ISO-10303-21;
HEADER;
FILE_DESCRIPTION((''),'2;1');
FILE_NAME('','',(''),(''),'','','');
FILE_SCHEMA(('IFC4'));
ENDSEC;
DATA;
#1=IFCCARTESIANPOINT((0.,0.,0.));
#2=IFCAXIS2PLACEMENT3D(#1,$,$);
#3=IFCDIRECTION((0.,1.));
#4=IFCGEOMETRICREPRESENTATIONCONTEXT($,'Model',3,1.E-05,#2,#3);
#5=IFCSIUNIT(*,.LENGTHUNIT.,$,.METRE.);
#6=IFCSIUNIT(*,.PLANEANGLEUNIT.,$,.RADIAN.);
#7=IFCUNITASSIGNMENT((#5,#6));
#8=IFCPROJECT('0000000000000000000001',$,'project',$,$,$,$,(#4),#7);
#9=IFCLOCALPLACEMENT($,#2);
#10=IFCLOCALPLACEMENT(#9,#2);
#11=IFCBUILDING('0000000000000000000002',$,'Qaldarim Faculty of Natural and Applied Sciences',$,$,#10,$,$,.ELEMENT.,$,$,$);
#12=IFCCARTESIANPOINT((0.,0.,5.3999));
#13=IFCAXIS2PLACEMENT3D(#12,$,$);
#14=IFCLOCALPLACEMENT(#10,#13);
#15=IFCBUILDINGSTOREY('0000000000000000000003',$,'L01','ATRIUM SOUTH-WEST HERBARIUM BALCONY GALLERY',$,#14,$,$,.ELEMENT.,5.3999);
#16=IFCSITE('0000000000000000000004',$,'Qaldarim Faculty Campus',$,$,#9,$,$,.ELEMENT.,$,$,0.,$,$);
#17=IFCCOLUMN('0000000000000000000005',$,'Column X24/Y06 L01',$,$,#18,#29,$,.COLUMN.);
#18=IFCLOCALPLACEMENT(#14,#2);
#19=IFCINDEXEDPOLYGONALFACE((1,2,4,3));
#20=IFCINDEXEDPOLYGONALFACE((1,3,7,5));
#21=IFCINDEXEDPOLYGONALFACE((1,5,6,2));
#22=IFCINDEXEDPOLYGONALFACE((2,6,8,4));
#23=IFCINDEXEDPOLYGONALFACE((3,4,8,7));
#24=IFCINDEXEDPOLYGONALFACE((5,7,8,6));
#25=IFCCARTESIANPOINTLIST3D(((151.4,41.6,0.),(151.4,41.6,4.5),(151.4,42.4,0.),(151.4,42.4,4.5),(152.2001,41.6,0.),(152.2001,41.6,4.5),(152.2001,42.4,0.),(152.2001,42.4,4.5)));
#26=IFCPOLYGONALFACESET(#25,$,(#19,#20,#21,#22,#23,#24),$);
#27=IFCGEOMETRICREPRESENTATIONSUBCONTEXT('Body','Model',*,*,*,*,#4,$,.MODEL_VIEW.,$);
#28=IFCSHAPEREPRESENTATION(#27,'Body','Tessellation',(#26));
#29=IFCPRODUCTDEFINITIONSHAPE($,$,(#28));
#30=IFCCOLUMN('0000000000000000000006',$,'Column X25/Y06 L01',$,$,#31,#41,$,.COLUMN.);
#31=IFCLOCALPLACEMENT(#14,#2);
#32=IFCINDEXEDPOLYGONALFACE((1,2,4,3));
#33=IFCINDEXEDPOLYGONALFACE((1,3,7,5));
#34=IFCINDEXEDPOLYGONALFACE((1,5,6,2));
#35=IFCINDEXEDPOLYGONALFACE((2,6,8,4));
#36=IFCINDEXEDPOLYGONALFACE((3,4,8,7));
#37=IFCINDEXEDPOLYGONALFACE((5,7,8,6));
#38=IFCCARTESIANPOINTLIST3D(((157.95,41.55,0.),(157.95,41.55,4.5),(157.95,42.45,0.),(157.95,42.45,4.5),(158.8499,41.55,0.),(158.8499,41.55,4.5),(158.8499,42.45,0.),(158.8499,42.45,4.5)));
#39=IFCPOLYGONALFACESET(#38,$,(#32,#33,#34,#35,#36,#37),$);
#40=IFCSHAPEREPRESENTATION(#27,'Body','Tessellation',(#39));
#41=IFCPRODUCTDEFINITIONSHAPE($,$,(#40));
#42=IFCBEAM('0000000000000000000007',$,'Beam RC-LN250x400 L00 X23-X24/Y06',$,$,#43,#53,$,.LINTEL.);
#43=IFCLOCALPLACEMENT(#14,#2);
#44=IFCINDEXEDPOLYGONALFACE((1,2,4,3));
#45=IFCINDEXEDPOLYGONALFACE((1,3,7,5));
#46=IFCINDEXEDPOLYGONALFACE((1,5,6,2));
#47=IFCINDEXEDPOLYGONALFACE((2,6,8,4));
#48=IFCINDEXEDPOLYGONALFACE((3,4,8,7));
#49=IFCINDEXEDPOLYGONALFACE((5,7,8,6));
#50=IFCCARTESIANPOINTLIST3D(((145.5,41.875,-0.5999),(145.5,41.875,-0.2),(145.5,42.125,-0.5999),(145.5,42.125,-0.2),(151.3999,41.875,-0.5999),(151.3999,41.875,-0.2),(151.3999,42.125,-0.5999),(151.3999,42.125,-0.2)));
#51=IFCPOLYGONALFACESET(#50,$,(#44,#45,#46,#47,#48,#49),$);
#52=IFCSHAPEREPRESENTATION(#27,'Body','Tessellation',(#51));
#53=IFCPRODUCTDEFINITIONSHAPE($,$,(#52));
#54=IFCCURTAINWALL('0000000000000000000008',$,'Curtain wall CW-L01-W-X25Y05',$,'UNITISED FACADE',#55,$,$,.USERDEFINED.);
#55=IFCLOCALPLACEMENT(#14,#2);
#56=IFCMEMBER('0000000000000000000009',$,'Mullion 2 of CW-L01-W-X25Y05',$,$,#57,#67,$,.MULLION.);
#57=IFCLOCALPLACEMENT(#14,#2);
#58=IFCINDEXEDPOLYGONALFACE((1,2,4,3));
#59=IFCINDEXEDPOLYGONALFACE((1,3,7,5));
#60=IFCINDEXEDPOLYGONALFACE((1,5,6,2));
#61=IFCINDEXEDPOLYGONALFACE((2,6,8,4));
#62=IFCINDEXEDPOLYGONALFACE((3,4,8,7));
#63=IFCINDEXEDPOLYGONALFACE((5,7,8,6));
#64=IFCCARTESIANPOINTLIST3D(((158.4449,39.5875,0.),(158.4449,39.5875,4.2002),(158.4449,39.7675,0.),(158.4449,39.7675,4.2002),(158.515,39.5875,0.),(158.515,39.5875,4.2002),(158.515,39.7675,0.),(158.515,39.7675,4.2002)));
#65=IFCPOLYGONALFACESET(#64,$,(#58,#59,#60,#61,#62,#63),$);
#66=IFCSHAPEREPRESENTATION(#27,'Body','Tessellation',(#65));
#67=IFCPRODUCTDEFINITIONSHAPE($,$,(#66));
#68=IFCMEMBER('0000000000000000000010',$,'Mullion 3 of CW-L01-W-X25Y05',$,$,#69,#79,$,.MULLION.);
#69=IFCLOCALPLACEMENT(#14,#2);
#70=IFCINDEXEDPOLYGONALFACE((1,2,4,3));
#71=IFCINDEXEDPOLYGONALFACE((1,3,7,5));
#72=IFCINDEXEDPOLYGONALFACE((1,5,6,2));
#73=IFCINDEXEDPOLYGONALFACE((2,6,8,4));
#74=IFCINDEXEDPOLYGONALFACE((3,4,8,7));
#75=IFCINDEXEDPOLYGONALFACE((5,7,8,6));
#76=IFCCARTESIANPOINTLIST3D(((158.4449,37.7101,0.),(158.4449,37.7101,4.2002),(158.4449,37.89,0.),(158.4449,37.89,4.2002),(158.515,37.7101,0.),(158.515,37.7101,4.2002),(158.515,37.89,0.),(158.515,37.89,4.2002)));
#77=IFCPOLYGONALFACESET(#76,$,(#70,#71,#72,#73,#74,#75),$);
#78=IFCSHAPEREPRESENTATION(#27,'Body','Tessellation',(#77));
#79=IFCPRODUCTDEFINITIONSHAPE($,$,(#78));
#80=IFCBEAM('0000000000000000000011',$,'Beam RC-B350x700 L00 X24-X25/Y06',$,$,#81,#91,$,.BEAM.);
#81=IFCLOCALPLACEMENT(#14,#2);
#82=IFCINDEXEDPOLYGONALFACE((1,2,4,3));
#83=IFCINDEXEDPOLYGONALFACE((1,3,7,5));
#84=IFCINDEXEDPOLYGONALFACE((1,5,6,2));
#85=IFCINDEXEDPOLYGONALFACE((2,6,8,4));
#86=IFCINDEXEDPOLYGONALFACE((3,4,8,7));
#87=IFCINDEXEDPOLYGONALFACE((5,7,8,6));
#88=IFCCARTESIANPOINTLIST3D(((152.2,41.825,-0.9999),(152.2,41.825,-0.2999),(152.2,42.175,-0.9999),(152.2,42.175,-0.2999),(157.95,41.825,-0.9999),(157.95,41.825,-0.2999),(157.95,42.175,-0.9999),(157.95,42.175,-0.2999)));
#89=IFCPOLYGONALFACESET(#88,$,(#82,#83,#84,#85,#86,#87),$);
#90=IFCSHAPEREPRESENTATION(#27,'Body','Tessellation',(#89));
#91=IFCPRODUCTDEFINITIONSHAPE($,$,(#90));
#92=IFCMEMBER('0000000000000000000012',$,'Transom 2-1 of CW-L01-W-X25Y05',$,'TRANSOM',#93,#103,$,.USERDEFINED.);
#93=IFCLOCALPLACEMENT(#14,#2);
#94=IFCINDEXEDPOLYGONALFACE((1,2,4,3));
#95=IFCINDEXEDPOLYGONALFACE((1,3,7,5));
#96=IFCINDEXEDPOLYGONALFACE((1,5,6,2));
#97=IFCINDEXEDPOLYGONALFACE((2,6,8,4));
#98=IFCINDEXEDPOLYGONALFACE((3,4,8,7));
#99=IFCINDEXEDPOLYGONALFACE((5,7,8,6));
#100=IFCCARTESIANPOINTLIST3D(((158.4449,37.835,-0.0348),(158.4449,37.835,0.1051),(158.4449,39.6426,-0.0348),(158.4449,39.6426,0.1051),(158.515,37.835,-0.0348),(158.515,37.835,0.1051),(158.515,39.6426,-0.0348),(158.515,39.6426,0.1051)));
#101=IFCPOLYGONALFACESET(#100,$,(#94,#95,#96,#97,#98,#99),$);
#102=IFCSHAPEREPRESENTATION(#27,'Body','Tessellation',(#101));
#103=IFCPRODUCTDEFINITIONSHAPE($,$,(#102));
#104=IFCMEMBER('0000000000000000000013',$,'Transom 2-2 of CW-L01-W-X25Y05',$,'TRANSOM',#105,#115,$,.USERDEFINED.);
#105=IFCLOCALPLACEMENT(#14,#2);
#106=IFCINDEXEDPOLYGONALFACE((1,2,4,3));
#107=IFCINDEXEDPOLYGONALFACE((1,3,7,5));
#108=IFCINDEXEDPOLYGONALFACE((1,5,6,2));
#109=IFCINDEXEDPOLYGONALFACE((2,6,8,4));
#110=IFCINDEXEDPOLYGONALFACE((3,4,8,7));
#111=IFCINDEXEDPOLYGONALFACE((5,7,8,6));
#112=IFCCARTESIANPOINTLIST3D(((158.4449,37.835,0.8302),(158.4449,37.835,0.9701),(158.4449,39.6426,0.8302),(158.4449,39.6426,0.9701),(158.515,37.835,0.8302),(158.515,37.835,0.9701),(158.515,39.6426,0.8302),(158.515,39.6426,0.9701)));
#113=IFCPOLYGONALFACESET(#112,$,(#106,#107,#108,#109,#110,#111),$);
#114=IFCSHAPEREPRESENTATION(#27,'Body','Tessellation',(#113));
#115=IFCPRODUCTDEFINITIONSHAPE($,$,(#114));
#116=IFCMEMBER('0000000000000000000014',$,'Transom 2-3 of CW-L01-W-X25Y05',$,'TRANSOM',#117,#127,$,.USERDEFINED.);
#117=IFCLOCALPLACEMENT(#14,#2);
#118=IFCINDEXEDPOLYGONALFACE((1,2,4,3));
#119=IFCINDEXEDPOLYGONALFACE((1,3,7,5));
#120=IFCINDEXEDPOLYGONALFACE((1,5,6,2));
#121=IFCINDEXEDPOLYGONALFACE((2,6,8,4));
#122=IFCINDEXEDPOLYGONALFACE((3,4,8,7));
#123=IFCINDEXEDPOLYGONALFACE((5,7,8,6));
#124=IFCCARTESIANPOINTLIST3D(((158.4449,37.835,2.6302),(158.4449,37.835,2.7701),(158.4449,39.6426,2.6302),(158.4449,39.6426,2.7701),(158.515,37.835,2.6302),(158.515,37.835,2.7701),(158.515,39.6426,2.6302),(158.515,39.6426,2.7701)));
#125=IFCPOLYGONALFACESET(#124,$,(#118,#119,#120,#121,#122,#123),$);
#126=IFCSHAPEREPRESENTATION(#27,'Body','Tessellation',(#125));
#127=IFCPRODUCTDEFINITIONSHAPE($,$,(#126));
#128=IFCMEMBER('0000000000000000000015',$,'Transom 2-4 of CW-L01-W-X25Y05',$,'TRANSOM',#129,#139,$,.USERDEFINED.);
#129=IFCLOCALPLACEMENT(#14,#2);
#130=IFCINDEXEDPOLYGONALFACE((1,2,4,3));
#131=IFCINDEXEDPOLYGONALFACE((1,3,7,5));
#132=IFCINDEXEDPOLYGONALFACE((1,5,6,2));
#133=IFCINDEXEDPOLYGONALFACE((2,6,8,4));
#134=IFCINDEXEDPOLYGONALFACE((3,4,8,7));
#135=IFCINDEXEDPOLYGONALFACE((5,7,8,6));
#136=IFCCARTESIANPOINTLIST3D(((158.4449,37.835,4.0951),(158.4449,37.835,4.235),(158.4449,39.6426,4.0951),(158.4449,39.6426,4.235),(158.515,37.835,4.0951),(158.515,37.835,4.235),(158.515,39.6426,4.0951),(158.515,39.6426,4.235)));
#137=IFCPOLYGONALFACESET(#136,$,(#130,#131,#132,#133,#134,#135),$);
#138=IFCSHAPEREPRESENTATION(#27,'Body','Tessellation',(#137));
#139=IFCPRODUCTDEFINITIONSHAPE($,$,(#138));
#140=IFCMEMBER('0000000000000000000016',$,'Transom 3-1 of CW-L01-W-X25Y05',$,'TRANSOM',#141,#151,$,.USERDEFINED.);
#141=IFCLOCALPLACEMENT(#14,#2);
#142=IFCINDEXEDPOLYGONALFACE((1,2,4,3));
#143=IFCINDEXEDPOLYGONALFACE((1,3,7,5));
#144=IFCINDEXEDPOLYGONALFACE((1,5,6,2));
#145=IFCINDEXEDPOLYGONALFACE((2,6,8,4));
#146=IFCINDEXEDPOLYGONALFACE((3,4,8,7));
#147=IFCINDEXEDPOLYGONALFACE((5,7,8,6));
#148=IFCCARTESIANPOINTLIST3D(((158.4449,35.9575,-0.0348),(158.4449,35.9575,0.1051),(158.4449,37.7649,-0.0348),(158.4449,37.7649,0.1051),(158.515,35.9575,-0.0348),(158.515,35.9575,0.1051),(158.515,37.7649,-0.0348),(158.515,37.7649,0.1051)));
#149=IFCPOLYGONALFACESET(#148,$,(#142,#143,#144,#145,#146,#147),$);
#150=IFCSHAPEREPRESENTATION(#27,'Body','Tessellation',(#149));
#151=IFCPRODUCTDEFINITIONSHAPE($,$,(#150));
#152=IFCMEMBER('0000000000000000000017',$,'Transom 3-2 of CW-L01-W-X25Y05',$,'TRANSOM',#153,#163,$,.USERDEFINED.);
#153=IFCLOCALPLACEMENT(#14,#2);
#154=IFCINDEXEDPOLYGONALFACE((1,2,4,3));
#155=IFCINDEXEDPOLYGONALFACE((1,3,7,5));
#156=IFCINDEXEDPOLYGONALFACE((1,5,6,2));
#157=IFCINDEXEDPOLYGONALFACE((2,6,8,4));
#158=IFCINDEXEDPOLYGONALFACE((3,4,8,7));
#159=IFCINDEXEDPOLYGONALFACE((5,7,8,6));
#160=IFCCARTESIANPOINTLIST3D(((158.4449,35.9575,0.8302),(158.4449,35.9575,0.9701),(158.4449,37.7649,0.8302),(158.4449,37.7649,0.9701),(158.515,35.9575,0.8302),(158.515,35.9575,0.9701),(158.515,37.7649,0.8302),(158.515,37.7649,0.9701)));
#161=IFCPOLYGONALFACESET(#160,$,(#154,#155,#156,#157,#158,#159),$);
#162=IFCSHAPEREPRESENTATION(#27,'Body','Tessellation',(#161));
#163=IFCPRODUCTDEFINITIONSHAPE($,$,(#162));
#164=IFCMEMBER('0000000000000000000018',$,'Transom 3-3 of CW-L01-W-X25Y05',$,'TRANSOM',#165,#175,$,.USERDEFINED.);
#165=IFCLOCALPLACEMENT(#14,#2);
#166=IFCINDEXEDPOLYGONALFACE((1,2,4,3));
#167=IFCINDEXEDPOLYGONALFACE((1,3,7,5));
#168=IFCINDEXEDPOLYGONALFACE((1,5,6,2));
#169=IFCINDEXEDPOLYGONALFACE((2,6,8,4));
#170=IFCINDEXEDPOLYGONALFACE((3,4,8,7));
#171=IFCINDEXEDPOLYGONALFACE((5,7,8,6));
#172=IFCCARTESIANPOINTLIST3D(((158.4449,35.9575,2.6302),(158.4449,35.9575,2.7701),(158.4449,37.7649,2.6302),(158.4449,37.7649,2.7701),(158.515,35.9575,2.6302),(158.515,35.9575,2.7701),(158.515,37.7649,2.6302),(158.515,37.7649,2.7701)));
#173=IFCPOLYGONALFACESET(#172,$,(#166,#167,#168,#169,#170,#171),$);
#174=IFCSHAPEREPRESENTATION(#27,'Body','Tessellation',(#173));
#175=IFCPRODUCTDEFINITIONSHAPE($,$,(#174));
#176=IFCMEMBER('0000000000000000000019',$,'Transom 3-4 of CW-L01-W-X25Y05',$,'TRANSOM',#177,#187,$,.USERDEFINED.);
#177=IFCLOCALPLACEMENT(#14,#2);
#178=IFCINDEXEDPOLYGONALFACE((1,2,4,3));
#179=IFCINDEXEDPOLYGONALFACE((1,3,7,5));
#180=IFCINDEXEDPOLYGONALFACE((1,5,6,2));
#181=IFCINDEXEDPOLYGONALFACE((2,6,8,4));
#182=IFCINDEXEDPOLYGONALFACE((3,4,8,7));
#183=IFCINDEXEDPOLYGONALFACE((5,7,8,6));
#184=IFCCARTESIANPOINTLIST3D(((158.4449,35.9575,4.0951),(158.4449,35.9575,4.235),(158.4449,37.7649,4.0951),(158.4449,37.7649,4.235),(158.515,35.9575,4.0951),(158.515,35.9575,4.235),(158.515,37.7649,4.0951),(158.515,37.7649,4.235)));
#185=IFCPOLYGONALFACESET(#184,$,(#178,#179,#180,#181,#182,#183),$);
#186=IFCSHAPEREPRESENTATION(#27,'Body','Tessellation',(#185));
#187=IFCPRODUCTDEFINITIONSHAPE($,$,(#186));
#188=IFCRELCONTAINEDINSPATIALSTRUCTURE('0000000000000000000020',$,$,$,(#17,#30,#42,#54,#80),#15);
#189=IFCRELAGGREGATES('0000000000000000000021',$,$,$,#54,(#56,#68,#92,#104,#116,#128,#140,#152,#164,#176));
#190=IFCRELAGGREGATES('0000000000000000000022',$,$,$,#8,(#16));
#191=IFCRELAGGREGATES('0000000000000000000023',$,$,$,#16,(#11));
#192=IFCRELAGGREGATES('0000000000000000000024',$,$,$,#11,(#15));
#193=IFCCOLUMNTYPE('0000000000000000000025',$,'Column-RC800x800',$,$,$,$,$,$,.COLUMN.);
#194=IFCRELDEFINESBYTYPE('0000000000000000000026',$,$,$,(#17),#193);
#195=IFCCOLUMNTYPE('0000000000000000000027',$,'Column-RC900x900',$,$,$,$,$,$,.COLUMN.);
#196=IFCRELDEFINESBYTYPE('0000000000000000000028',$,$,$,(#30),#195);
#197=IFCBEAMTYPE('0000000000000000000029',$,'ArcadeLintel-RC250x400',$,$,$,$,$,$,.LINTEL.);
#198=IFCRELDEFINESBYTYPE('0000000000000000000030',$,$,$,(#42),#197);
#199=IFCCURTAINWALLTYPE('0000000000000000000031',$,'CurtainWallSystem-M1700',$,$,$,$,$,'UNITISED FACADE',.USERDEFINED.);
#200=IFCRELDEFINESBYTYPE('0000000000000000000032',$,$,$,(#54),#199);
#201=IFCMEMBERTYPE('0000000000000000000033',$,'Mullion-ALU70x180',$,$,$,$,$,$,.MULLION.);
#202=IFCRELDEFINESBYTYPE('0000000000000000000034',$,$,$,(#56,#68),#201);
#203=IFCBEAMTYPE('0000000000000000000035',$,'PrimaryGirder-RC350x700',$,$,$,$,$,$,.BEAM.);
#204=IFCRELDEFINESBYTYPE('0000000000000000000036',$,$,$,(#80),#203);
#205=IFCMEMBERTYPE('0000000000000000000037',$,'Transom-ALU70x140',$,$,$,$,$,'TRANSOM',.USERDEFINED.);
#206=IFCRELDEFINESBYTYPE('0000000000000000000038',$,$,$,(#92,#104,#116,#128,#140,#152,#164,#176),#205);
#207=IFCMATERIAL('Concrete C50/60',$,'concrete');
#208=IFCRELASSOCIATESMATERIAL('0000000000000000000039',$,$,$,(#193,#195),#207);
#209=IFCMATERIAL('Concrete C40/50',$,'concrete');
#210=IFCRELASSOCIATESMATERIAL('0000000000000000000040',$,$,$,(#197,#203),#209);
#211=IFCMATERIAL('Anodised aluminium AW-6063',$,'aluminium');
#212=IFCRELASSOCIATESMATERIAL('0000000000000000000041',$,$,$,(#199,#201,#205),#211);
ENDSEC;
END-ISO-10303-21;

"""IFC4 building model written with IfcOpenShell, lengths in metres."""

from ifc_helpers import new_model, si_unit, direction, frame, origin, origin_2d, place, context, subcontext, project, spatial, rectangle, extrude, material, material_profile, profile_set, type_object, element, aggregate, save


model = new_model("IFC4")

# Units and contexts
model_context = context("Model", 3, precision=1e-05, world=origin(), true_north=direction((0.0, 1.0)))
body_context = subcontext(model_context, "Body", "Model", "MODEL_VIEW")
ifc_project = project(units=[si_unit("LENGTHUNIT", "METRE"), si_unit("PLANEANGLEUNIT", "RADIAN")], contexts=[model_context])

# Site, building, storey
site_placement = place(None, origin())
site = spatial("IfcSite", under=ifc_project, at=site_placement, Name="Qaldarim Faculty Campus", CompositionType="ELEMENT", RefElevation=0.0)
building_placement = place(site_placement, origin())
building = spatial("IfcBuilding", under=site, at=building_placement, Name="Qaldarim Faculty of Natural and Applied Sciences", CompositionType="ELEMENT")
storey_placement = place(building_placement, frame((0.0, 0.0, 5.3999)))
storey = spatial("IfcBuildingStorey", under=building, at=storey_placement, Name="L01", Description="ATRIUM SOUTH-WEST HERBARIUM BALCONY GALLERY", CompositionType="ELEMENT", Elevation=5.3999)

# Columns
ifc_material_1 = material(Name="Concrete C50/60", Category="concrete")
ifc_material_profile_1 = material_profile(ifc_material_1, rectangle(XDim=0.8, YDim=0.8, at=origin_2d()), Name="RC-C800x800")
ifc_profile_set_1 = profile_set([ifc_material_profile_1], Name="Concrete C50/60")
column_type_1 = type_object("IfcColumnType", Name="Column-RC800x800", PredefinedType="COLUMN", material=ifc_profile_set_1)
column_1_placement = place(storey_placement, frame((151.8, 42.0, 0.0), z_axis=(0.0, 0.0, 1.0), x_axis=(1.0, 0.0, 0.0)))
element("IfcColumn", 1, at=column_1_placement, inside=storey, type_object=column_type_1, Name="Column X24/Y06 L01", PredefinedType="COLUMN", context=body_context, shape_type="SweptSolid", body=[
    extrude(rectangle(XDim=0.8, YDim=0.8, at=origin_2d()), origin(), (0.0, 0.0, 1.0), 4.5),
])
ifc_material_profile_2 = material_profile(ifc_material_1, rectangle(XDim=0.8999, YDim=0.8999, at=origin_2d()), Name="RC-C900x900")
ifc_profile_set_2 = profile_set([ifc_material_profile_2], Name="Concrete C50/60")
column_type_2 = type_object("IfcColumnType", Name="Column-RC900x900", PredefinedType="COLUMN", material=ifc_profile_set_2)
column_2_placement = place(storey_placement, frame((158.3999, 42.0, 0.0), z_axis=(0.0, 0.0, 1.0), x_axis=(1.0, 0.0, 0.0)))
element("IfcColumn", 2, at=column_2_placement, inside=storey, type_object=column_type_2, Name="Column X25/Y06 L01", PredefinedType="COLUMN", context=body_context, shape_type="SweptSolid", body=[
    extrude(rectangle(XDim=0.8999, YDim=0.8999, at=origin_2d()), origin(), (0.0, 0.0, 1.0), 4.5),
])

# Beam
ifc_material_2 = material(Name="Concrete C40/50", Category="concrete")
ifc_material_profile_3 = material_profile(ifc_material_2, rectangle(XDim=0.25, YDim=0.3999, at=origin_2d()), Name="RC-LN250x400")
ifc_profile_set_3 = profile_set([ifc_material_profile_3], Name="Concrete C40/50")
beam_type_1 = type_object("IfcBeamType", Name="ArcadeLintel-RC250x400", PredefinedType="LINTEL", material=ifc_profile_set_3)
beam_1_placement = place(storey_placement, frame((145.5, 42.0, -0.3999), z_axis=(1.0, 0.0, 0.0), x_axis=(0.0, 1.0, 0.0)))
element("IfcBeam", 3, at=beam_1_placement, inside=storey, type_object=beam_type_1, Name="Beam RC-LN250x400 L00 X23-X24/Y06", PredefinedType="LINTEL", context=body_context, shape_type="SweptSolid", body=[
    extrude(rectangle(XDim=0.25, YDim=0.3999, at=origin_2d()), origin(), (0.0, 0.0, 1.0), 5.8999),
])

# Curtain wall, members
ifc_material_3 = material(Name="Anodised aluminium AW-6063", Category="aluminium")
curtain_wall_type = type_object("IfcCurtainWallType", Name="CurtainWallSystem-M1700", ElementType="UNITISED FACADE", PredefinedType="USERDEFINED", material=ifc_material_3)
curtain_wall_placement = place(storey_placement, origin())
curtain_wall = element("IfcCurtainWall", 4, at=curtain_wall_placement, inside=storey, type_object=curtain_wall_type, Name="Curtain wall CW-L01-W-X25Y05", ObjectType="UNITISED FACADE", PredefinedType="USERDEFINED")
ifc_material_profile_4 = material_profile(ifc_material_3, rectangle(XDim=0.0701, YDim=0.1799, at=origin_2d()), Name="ALU-M70x180")
ifc_profile_set_4 = profile_set([ifc_material_profile_4], Name="Anodised aluminium AW-6063")
member_type_1 = type_object("IfcMemberType", Name="Mullion-ALU70x180", PredefinedType="MULLION", material=ifc_profile_set_4)
member_1_placement = place(storey_placement, frame((158.48, 39.6775, 0.0), z_axis=(0.0, 0.0, 1.0), x_axis=(1.0, 0.0, 0.0)))
member_1 = element("IfcMember", 5, at=member_1_placement, type_object=member_type_1, Name="Mullion 2 of CW-L01-W-X25Y05", PredefinedType="MULLION", context=body_context, shape_type="SweptSolid", body=[
    extrude(rectangle(XDim=0.0701, YDim=0.1799, at=origin_2d()), origin(), (0.0, 0.0, 1.0), 4.2002),
])
member_2_placement = place(storey_placement, frame((158.48, 37.8, 0.0), z_axis=(0.0, 0.0, 1.0), x_axis=(1.0, 0.0, 0.0)))
member_2 = element("IfcMember", 6, at=member_2_placement, type_object=member_type_1, Name="Mullion 3 of CW-L01-W-X25Y05", PredefinedType="MULLION", context=body_context, shape_type="SweptSolid", body=[
    extrude(rectangle(XDim=0.0701, YDim=0.1799, at=origin_2d()), origin(), (0.0, 0.0, 1.0), 4.2002),
])

# Beam
ifc_material_profile_5 = material_profile(ifc_material_2, rectangle(XDim=0.3501, YDim=0.7, at=origin_2d()), Name="RC-B350x700")
ifc_profile_set_5 = profile_set([ifc_material_profile_5], Name="Concrete C40/50")
beam_type_2 = type_object("IfcBeamType", Name="PrimaryGirder-RC350x700", PredefinedType="BEAM", material=ifc_profile_set_5)
beam_2_placement = place(storey_placement, frame((152.2, 42.0, -0.6499), z_axis=(1.0, 0.0, 0.0), x_axis=(0.0, 1.0, 0.0)))
element("IfcBeam", 7, at=beam_2_placement, inside=storey, type_object=beam_type_2, Name="Beam RC-B350x700 L00 X24-X25/Y06", PredefinedType="BEAM", context=body_context, shape_type="SweptSolid", body=[
    extrude(rectangle(XDim=0.3501, YDim=0.7, at=origin_2d()), origin(), (0.0, 0.0, 1.0), 5.75),
])

# Members
ifc_material_profile_6 = material_profile(ifc_material_3, rectangle(XDim=0.0701, YDim=0.1399, at=origin_2d()), Name="ALU-T70x140")
ifc_profile_set_6 = profile_set([ifc_material_profile_6], Name="Anodised aluminium AW-6063")
member_type_2 = type_object("IfcMemberType", Name="Transom-ALU70x140", ElementType="TRANSOM", PredefinedType="USERDEFINED", material=ifc_profile_set_6)
member_3_placement = place(storey_placement, frame((158.48, 39.6426, 0.0352), z_axis=(0.0, -1.0, 0.0), x_axis=(1.0, 0.0, 0.0)))
member_3 = element("IfcMember", 8, at=member_3_placement, type_object=member_type_2, Name="Transom 2-1 of CW-L01-W-X25Y05", ObjectType="TRANSOM", PredefinedType="USERDEFINED", context=body_context, shape_type="SweptSolid", body=[
    extrude(rectangle(XDim=0.0701, YDim=0.1399, at=origin_2d()), origin(), (0.0, 0.0, 1.0), 1.8076),
])
member_4_placement = place(storey_placement, frame((158.48, 39.6426, 0.9001), z_axis=(0.0, -1.0, 0.0), x_axis=(1.0, 0.0, 0.0)))
member_4 = element("IfcMember", 9, at=member_4_placement, type_object=member_type_2, Name="Transom 2-2 of CW-L01-W-X25Y05", ObjectType="TRANSOM", PredefinedType="USERDEFINED", context=body_context, shape_type="SweptSolid", body=[
    extrude(rectangle(XDim=0.0701, YDim=0.1399, at=origin_2d()), origin(), (0.0, 0.0, 1.0), 1.8076),
])
member_5_placement = place(storey_placement, frame((158.48, 39.6426, 2.7002), z_axis=(0.0, -1.0, 0.0), x_axis=(1.0, 0.0, 0.0)))
member_5 = element("IfcMember", 10, at=member_5_placement, type_object=member_type_2, Name="Transom 2-3 of CW-L01-W-X25Y05", ObjectType="TRANSOM", PredefinedType="USERDEFINED", context=body_context, shape_type="SweptSolid", body=[
    extrude(rectangle(XDim=0.0701, YDim=0.1399, at=origin_2d()), origin(), (0.0, 0.0, 1.0), 1.8076),
])
member_6_placement = place(storey_placement, frame((158.48, 39.6426, 4.165), z_axis=(0.0, -1.0, 0.0), x_axis=(1.0, 0.0, 0.0)))
member_6 = element("IfcMember", 11, at=member_6_placement, type_object=member_type_2, Name="Transom 2-4 of CW-L01-W-X25Y05", ObjectType="TRANSOM", PredefinedType="USERDEFINED", context=body_context, shape_type="SweptSolid", body=[
    extrude(rectangle(XDim=0.0701, YDim=0.1399, at=origin_2d()), origin(), (0.0, 0.0, 1.0), 1.8076),
])
member_7_placement = place(storey_placement, frame((158.48, 37.7649, 0.0352), z_axis=(0.0, -1.0, 0.0), x_axis=(1.0, 0.0, 0.0)))
member_7 = element("IfcMember", 12, at=member_7_placement, type_object=member_type_2, Name="Transom 3-1 of CW-L01-W-X25Y05", ObjectType="TRANSOM", PredefinedType="USERDEFINED", context=body_context, shape_type="SweptSolid", body=[
    extrude(rectangle(XDim=0.0701, YDim=0.1399, at=origin_2d()), origin(), (0.0, 0.0, 1.0), 1.8074),
])
member_8_placement = place(storey_placement, frame((158.48, 37.7649, 0.9001), z_axis=(0.0, -1.0, 0.0), x_axis=(1.0, 0.0, 0.0)))
member_8 = element("IfcMember", 13, at=member_8_placement, type_object=member_type_2, Name="Transom 3-2 of CW-L01-W-X25Y05", ObjectType="TRANSOM", PredefinedType="USERDEFINED", context=body_context, shape_type="SweptSolid", body=[
    extrude(rectangle(XDim=0.0701, YDim=0.1399, at=origin_2d()), origin(), (0.0, 0.0, 1.0), 1.8074),
])
member_9_placement = place(storey_placement, frame((158.48, 37.7649, 2.7002), z_axis=(0.0, -1.0, 0.0), x_axis=(1.0, 0.0, 0.0)))
member_9 = element("IfcMember", 14, at=member_9_placement, type_object=member_type_2, Name="Transom 3-3 of CW-L01-W-X25Y05", ObjectType="TRANSOM", PredefinedType="USERDEFINED", context=body_context, shape_type="SweptSolid", body=[
    extrude(rectangle(XDim=0.0701, YDim=0.1399, at=origin_2d()), origin(), (0.0, 0.0, 1.0), 1.8074),
])
member_10_placement = place(storey_placement, frame((158.48, 37.7649, 4.165), z_axis=(0.0, -1.0, 0.0), x_axis=(1.0, 0.0, 0.0)))
member_10 = element("IfcMember", 15, at=member_10_placement, type_object=member_type_2, Name="Transom 3-4 of CW-L01-W-X25Y05", ObjectType="TRANSOM", PredefinedType="USERDEFINED", context=body_context, shape_type="SweptSolid", body=[
    extrude(rectangle(XDim=0.0701, YDim=0.1399, at=origin_2d()), origin(), (0.0, 0.0, 1.0), 1.8074),
])

aggregate(curtain_wall, [member_1, member_2, member_3, member_4, member_5, member_6, member_7, member_8, member_9, member_10])

save(model, "model.ifc")
